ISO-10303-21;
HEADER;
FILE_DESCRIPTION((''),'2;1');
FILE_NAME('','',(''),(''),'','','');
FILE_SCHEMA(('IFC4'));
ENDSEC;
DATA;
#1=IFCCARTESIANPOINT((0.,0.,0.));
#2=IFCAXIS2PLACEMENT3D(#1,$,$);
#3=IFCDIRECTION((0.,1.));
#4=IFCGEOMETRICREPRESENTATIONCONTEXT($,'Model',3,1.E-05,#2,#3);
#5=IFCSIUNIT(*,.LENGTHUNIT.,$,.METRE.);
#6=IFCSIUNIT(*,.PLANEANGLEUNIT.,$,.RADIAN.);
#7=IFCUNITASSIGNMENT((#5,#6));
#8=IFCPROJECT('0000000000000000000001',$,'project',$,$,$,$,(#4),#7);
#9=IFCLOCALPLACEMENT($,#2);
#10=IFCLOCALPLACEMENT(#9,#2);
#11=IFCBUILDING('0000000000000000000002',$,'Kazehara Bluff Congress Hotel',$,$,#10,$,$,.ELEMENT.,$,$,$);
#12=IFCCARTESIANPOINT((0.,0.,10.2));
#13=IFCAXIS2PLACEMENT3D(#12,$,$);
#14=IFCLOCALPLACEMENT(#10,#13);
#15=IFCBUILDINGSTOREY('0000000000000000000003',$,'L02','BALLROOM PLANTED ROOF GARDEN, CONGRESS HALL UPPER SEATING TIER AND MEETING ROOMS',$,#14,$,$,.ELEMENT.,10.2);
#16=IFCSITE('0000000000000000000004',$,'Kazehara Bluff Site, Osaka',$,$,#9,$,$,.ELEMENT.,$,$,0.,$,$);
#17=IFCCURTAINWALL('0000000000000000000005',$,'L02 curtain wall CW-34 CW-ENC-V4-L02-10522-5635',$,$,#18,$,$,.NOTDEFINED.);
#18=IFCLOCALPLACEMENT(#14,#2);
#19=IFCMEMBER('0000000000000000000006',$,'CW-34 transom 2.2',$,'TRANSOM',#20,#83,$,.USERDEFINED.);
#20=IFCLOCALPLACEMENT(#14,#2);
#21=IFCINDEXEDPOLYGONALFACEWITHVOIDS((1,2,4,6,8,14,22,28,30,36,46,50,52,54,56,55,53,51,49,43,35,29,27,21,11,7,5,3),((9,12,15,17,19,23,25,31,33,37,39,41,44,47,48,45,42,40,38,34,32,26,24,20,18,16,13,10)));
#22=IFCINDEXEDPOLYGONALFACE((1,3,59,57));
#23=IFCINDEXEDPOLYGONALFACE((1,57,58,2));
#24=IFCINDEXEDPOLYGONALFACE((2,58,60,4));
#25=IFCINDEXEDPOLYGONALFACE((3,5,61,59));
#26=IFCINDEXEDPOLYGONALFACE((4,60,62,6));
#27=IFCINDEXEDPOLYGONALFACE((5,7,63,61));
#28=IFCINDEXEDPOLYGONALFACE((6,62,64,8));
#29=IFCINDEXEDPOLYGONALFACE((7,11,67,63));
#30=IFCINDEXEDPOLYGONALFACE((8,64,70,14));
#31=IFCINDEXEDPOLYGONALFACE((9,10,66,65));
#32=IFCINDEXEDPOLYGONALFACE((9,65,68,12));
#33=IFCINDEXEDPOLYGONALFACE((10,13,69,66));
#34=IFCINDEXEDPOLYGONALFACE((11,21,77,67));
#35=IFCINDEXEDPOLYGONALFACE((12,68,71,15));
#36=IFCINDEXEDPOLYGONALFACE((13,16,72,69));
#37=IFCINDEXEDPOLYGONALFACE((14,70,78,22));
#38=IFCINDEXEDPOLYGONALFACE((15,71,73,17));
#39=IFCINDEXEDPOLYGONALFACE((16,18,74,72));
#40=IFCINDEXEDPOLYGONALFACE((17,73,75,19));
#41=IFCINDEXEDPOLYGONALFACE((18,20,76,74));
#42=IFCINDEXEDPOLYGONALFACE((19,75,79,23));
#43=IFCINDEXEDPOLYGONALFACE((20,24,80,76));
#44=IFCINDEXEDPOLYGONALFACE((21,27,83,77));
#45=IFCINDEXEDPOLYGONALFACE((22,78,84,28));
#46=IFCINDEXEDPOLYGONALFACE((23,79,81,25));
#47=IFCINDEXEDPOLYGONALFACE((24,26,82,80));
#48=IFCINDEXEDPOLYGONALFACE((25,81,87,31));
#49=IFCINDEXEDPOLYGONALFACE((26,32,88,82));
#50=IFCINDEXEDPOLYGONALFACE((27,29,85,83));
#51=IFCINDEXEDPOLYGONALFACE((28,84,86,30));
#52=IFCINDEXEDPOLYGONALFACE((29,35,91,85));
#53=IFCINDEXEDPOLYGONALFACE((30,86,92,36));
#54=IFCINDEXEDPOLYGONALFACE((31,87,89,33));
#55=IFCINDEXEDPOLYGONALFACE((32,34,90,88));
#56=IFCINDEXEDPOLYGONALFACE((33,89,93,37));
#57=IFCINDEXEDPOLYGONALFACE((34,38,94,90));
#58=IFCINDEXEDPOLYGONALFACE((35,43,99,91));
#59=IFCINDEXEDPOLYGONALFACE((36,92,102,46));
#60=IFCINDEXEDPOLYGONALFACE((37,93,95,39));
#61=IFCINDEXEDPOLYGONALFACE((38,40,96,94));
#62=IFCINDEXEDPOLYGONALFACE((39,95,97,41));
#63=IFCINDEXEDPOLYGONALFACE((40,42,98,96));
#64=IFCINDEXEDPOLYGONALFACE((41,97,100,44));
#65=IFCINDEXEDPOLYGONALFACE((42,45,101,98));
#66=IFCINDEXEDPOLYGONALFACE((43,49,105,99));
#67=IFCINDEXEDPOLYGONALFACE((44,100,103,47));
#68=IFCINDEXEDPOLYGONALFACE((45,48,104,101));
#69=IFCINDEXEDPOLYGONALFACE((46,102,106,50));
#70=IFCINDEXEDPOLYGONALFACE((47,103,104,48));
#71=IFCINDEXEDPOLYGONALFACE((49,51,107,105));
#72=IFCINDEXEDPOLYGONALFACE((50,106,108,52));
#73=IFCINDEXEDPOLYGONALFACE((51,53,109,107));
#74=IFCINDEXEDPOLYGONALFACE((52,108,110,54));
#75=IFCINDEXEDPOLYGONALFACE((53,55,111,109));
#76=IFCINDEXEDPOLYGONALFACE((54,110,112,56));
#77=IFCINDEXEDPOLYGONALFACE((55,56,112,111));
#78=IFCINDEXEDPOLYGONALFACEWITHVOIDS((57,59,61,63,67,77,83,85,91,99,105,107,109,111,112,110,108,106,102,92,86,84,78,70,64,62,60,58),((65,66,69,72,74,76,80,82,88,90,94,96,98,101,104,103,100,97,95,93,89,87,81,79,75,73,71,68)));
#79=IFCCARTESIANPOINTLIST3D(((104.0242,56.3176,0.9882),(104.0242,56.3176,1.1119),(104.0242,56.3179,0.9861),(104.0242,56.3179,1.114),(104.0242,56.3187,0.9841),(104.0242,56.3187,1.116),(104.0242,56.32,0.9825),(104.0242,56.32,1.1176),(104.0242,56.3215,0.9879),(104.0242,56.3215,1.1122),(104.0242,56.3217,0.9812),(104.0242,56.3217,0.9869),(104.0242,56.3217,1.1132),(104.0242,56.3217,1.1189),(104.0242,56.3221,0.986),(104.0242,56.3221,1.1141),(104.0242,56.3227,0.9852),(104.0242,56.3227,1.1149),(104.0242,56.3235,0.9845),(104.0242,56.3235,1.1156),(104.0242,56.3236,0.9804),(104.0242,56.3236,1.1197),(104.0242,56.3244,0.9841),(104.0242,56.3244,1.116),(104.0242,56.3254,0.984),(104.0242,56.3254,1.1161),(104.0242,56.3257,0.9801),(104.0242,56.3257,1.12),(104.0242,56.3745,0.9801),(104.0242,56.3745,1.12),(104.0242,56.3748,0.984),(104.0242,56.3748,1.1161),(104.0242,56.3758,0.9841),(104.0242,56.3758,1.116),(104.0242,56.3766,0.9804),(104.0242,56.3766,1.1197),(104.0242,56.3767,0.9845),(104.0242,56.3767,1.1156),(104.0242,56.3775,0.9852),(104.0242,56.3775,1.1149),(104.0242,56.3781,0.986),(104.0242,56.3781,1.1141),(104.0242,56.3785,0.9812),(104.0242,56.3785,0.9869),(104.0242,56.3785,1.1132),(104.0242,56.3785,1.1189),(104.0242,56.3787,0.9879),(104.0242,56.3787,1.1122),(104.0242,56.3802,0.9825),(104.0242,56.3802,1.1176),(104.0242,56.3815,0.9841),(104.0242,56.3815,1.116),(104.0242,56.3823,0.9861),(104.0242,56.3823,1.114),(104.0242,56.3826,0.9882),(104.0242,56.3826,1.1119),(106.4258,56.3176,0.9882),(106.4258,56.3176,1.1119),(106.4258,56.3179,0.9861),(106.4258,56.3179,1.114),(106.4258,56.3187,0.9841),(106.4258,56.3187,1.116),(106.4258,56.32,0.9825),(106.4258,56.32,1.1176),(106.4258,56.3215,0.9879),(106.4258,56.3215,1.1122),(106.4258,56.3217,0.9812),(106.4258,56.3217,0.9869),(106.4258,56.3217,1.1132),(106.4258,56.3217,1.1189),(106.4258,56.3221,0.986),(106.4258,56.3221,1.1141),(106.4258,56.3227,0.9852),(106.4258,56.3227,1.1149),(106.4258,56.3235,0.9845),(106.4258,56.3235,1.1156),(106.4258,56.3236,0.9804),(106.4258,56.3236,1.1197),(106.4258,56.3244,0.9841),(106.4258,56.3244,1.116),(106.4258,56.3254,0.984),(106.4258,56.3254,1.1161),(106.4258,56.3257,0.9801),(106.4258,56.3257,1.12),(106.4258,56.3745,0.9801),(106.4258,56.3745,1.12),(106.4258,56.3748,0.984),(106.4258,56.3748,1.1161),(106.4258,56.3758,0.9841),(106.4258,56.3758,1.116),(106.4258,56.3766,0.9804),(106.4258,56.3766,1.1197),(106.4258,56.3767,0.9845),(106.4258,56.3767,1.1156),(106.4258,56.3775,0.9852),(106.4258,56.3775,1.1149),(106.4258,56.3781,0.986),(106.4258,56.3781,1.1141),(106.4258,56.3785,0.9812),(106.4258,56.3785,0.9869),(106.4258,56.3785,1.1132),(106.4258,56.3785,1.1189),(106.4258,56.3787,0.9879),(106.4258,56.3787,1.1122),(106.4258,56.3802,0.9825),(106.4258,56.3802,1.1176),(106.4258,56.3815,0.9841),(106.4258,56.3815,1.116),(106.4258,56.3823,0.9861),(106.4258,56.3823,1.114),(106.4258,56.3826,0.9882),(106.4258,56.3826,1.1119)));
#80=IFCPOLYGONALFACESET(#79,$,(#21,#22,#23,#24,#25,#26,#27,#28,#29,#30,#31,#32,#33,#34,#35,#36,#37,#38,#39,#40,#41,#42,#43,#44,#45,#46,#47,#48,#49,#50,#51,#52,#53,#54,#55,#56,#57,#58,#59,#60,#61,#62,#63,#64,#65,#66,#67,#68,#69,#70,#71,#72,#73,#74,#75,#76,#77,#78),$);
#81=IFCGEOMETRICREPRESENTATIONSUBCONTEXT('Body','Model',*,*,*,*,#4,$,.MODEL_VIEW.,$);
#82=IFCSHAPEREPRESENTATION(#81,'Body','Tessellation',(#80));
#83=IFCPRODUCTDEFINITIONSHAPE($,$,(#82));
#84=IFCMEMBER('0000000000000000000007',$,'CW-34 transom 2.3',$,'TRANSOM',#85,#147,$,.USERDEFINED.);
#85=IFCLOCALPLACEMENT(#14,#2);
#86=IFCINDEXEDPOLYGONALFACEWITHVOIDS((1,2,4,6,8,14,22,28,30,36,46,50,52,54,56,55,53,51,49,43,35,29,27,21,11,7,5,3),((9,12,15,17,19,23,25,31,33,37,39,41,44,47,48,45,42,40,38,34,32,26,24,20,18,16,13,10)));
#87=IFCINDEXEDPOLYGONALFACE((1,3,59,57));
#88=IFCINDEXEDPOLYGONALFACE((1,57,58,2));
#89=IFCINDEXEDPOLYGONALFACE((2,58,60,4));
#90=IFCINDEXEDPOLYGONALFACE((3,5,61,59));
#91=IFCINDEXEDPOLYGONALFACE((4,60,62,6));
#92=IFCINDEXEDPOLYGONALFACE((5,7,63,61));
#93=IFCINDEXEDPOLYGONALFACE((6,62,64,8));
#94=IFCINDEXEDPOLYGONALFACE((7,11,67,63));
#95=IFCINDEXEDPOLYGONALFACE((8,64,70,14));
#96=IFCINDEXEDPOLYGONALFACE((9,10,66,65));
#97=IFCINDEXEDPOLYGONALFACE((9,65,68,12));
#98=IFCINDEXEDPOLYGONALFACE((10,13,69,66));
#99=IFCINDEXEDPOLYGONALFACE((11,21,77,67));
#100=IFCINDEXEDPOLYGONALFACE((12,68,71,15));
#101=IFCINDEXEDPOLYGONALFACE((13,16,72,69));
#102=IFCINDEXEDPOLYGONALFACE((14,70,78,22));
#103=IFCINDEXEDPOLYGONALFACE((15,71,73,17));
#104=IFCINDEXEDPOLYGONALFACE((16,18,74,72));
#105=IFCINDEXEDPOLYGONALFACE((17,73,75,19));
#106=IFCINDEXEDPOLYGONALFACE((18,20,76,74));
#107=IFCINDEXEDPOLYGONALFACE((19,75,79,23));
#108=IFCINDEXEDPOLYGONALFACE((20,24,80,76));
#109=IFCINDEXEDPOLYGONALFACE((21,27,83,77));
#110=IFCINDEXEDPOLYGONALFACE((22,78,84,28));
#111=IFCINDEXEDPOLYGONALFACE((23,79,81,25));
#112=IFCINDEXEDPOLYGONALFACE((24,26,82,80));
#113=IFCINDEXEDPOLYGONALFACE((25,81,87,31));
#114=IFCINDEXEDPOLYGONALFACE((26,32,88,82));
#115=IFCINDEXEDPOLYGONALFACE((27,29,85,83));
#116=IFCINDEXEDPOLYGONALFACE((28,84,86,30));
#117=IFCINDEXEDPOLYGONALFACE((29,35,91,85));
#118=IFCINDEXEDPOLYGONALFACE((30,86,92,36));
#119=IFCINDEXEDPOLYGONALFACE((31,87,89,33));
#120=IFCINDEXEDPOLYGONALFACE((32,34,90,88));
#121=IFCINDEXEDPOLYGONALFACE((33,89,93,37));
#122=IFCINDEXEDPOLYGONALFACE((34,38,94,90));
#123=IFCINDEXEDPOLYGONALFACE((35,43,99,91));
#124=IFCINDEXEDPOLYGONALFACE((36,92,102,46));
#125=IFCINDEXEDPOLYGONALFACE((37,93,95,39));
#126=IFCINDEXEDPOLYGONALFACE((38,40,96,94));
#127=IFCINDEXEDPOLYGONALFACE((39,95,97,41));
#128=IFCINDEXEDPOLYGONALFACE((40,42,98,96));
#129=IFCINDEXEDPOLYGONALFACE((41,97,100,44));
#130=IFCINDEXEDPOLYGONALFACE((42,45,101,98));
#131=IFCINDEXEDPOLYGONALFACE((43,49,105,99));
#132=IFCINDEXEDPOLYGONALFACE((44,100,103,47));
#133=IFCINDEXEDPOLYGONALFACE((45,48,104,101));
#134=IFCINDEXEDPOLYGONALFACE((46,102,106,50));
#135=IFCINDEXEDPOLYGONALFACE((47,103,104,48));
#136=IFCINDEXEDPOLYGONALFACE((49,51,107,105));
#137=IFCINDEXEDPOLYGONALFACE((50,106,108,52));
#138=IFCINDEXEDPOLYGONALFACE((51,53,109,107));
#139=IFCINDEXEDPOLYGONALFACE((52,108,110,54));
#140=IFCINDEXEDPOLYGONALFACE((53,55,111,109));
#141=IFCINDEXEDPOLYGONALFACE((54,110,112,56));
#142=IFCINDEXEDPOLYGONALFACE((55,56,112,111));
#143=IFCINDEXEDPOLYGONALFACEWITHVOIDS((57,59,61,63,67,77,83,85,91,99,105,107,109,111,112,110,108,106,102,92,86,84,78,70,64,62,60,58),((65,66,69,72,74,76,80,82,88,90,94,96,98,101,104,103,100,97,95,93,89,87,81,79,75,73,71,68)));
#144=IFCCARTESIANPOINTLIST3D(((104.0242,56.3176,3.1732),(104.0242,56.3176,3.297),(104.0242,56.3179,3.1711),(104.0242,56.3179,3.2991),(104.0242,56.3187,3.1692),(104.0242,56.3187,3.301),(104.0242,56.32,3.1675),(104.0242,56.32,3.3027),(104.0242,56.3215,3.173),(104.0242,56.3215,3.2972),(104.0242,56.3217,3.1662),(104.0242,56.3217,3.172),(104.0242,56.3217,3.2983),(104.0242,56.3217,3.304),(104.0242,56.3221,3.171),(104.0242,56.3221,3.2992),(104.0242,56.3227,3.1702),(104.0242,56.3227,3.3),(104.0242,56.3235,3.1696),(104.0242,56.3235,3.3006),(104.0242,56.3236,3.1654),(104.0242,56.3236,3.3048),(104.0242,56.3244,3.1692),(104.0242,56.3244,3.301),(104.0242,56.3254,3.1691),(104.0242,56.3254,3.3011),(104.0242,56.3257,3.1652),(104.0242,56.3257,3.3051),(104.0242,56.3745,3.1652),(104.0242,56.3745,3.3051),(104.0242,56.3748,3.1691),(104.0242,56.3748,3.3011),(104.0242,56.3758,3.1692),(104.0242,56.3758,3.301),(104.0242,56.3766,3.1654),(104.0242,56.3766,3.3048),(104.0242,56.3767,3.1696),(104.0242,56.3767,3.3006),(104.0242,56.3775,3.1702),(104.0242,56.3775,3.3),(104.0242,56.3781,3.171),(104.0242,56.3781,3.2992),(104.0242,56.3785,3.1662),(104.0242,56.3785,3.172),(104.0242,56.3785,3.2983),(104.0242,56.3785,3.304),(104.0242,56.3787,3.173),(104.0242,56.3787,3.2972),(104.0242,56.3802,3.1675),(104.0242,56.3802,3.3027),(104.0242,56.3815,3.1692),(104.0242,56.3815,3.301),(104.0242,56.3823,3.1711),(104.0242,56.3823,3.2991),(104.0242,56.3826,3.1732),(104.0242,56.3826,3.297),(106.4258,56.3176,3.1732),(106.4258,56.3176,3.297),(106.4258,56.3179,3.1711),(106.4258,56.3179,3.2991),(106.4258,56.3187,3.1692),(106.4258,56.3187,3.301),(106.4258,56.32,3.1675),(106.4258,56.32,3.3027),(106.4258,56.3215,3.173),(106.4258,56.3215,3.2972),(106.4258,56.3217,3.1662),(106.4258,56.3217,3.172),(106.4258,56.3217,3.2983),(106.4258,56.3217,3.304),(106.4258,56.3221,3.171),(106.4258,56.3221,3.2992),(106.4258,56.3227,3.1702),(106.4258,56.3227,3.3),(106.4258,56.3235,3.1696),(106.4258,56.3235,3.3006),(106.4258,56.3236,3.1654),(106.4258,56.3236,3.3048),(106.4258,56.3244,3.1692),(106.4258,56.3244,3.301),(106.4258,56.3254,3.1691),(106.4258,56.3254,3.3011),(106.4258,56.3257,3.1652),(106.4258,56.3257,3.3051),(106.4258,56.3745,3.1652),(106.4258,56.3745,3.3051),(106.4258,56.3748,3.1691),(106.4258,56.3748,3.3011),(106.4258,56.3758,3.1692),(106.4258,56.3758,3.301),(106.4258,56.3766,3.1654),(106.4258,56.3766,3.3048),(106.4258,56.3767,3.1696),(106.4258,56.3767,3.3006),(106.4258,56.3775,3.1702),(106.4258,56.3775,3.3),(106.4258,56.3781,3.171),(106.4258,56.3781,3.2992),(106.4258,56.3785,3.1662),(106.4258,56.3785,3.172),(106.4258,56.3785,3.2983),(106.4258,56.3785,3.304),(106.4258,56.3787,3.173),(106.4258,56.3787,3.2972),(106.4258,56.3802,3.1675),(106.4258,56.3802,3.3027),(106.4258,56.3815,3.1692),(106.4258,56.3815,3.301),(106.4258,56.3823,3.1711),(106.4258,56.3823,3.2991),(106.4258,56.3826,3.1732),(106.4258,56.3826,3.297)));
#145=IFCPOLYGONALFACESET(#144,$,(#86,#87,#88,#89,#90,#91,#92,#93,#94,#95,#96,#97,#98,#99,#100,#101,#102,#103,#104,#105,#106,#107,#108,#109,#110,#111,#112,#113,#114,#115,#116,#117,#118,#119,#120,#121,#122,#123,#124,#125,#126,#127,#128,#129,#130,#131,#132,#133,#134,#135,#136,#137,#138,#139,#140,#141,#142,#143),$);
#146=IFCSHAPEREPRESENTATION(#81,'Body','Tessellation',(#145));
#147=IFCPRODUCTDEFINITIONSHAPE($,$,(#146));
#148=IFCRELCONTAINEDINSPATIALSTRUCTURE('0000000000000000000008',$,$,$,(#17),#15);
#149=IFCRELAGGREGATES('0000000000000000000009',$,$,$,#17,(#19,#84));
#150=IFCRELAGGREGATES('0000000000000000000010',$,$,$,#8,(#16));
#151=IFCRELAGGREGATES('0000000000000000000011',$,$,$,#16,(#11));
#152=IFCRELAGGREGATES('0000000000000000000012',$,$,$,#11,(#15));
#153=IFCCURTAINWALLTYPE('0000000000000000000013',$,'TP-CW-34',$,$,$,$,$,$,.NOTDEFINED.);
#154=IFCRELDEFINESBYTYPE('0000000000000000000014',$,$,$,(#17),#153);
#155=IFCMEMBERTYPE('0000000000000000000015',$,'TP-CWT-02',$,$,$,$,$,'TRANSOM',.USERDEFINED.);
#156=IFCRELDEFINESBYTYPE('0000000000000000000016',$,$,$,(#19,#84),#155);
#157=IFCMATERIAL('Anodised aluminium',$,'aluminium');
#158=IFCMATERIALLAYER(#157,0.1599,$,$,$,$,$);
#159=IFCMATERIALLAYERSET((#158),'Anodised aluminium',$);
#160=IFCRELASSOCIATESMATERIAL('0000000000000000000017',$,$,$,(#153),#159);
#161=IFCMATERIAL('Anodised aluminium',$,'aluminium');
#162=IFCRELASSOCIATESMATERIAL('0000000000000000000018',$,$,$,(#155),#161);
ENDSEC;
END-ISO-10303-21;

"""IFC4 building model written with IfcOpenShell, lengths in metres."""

from ifc_helpers import new_model, si_unit, direction, frame, origin, origin_2d, place, context, subcontext, project, spatial, hollow_rectangle, extrude, material, layer, layer_set, material_profile, profile_set, type_object, element, aggregate, save


model = new_model("IFC4")

# Units and contexts
model_context = context("Model", 3, precision=1e-05, world=origin(), true_north=direction((0.0, 1.0)))
body_context = subcontext(model_context, "Body", "Model", "MODEL_VIEW")
ifc_project = project(units=[si_unit("LENGTHUNIT", "METRE"), si_unit("PLANEANGLEUNIT", "RADIAN")], contexts=[model_context])

# Site, building, storey
site_placement = place(None, origin())
site = spatial("IfcSite", under=ifc_project, at=site_placement, Name="Kazehara Bluff Site, Osaka", CompositionType="ELEMENT", RefElevation=0.0)
building_placement = place(site_placement, origin())
building = spatial("IfcBuilding", under=site, at=building_placement, Name="Kazehara Bluff Congress Hotel", CompositionType="ELEMENT")
storey_placement = place(building_placement, frame((0.0, 0.0, 10.2)))
storey = spatial("IfcBuildingStorey", under=building, at=storey_placement, Name="L02", Description="BALLROOM PLANTED ROOF GARDEN, CONGRESS HALL UPPER SEATING TIER AND MEETING ROOMS", CompositionType="ELEMENT", Elevation=10.2)

# Curtain wall
ifc_material_1 = material(Name="Anodised aluminium", Category="aluminium")
ifc_layer_1 = layer(ifc_material_1, 0.1599)
ifc_layer_set_1 = layer_set([ifc_layer_1], Name="Anodised aluminium")
curtain_wall_type_1 = type_object("IfcCurtainWallType", Name="TP-CW-34", PredefinedType="NOTDEFINED", material=ifc_layer_set_1)
curtain_wall_1_placement = place(storey_placement, origin())
curtain_wall_1 = element("IfcCurtainWall", 1, at=curtain_wall_1_placement, inside=storey, type_object=curtain_wall_type_1, Name="L02 curtain wall CW-34 CW-ENC-V4-L02-10522-5635", PredefinedType="NOTDEFINED")

# Members
ifc_material_2 = material(Name="Anodised aluminium", Category="aluminium")
ifc_material_profile_1 = material_profile(ifc_material_2, hollow_rectangle(XDim=0.0649, YDim=0.1399, WallThickness=0.0039, InnerFilletRadius=0.0039, OuterFilletRadius=0.0081, at=origin_2d()))
ifc_profile_set_1 = profile_set([ifc_material_profile_1], Name="Anodised aluminium")
member_type_1 = type_object("IfcMemberType", Name="TP-CWT-02", ElementType="TRANSOM", PredefinedType="USERDEFINED", material=ifc_profile_set_1)
member_1_placement = place(storey_placement, frame((104.0242, 56.3501, 1.05), z_axis=(1.0, 0.0, 0.0), x_axis=(0.0, 1.0, 0.0)))
member_1 = element("IfcMember", 2, at=member_1_placement, type_object=member_type_1, Name="CW-34 transom 2.2", ObjectType="TRANSOM", PredefinedType="USERDEFINED", context=body_context, shape_type="SweptSolid", body=[
    extrude(hollow_rectangle(XDim=0.0649, YDim=0.1399, WallThickness=0.0039, InnerFilletRadius=0.0039, OuterFilletRadius=0.0081, at=origin_2d()), origin(), (0.0, 0.0, 1.0), 2.4016),
])
member_2_placement = place(storey_placement, frame((104.0242, 56.3501, 3.2351), z_axis=(1.0, 0.0, 0.0), x_axis=(0.0, 1.0, 0.0)))
member_2 = element("IfcMember", 3, at=member_2_placement, type_object=member_type_1, Name="CW-34 transom 2.3", ObjectType="TRANSOM", PredefinedType="USERDEFINED", context=body_context, shape_type="SweptSolid", body=[
    extrude(hollow_rectangle(XDim=0.0649, YDim=0.1399, WallThickness=0.0039, InnerFilletRadius=0.0039, OuterFilletRadius=0.0081, at=origin_2d()), origin(), (0.0, 0.0, 1.0), 2.4016),
])

aggregate(curtain_wall_1, [member_1, member_2])

save(model, "model.ifc")
